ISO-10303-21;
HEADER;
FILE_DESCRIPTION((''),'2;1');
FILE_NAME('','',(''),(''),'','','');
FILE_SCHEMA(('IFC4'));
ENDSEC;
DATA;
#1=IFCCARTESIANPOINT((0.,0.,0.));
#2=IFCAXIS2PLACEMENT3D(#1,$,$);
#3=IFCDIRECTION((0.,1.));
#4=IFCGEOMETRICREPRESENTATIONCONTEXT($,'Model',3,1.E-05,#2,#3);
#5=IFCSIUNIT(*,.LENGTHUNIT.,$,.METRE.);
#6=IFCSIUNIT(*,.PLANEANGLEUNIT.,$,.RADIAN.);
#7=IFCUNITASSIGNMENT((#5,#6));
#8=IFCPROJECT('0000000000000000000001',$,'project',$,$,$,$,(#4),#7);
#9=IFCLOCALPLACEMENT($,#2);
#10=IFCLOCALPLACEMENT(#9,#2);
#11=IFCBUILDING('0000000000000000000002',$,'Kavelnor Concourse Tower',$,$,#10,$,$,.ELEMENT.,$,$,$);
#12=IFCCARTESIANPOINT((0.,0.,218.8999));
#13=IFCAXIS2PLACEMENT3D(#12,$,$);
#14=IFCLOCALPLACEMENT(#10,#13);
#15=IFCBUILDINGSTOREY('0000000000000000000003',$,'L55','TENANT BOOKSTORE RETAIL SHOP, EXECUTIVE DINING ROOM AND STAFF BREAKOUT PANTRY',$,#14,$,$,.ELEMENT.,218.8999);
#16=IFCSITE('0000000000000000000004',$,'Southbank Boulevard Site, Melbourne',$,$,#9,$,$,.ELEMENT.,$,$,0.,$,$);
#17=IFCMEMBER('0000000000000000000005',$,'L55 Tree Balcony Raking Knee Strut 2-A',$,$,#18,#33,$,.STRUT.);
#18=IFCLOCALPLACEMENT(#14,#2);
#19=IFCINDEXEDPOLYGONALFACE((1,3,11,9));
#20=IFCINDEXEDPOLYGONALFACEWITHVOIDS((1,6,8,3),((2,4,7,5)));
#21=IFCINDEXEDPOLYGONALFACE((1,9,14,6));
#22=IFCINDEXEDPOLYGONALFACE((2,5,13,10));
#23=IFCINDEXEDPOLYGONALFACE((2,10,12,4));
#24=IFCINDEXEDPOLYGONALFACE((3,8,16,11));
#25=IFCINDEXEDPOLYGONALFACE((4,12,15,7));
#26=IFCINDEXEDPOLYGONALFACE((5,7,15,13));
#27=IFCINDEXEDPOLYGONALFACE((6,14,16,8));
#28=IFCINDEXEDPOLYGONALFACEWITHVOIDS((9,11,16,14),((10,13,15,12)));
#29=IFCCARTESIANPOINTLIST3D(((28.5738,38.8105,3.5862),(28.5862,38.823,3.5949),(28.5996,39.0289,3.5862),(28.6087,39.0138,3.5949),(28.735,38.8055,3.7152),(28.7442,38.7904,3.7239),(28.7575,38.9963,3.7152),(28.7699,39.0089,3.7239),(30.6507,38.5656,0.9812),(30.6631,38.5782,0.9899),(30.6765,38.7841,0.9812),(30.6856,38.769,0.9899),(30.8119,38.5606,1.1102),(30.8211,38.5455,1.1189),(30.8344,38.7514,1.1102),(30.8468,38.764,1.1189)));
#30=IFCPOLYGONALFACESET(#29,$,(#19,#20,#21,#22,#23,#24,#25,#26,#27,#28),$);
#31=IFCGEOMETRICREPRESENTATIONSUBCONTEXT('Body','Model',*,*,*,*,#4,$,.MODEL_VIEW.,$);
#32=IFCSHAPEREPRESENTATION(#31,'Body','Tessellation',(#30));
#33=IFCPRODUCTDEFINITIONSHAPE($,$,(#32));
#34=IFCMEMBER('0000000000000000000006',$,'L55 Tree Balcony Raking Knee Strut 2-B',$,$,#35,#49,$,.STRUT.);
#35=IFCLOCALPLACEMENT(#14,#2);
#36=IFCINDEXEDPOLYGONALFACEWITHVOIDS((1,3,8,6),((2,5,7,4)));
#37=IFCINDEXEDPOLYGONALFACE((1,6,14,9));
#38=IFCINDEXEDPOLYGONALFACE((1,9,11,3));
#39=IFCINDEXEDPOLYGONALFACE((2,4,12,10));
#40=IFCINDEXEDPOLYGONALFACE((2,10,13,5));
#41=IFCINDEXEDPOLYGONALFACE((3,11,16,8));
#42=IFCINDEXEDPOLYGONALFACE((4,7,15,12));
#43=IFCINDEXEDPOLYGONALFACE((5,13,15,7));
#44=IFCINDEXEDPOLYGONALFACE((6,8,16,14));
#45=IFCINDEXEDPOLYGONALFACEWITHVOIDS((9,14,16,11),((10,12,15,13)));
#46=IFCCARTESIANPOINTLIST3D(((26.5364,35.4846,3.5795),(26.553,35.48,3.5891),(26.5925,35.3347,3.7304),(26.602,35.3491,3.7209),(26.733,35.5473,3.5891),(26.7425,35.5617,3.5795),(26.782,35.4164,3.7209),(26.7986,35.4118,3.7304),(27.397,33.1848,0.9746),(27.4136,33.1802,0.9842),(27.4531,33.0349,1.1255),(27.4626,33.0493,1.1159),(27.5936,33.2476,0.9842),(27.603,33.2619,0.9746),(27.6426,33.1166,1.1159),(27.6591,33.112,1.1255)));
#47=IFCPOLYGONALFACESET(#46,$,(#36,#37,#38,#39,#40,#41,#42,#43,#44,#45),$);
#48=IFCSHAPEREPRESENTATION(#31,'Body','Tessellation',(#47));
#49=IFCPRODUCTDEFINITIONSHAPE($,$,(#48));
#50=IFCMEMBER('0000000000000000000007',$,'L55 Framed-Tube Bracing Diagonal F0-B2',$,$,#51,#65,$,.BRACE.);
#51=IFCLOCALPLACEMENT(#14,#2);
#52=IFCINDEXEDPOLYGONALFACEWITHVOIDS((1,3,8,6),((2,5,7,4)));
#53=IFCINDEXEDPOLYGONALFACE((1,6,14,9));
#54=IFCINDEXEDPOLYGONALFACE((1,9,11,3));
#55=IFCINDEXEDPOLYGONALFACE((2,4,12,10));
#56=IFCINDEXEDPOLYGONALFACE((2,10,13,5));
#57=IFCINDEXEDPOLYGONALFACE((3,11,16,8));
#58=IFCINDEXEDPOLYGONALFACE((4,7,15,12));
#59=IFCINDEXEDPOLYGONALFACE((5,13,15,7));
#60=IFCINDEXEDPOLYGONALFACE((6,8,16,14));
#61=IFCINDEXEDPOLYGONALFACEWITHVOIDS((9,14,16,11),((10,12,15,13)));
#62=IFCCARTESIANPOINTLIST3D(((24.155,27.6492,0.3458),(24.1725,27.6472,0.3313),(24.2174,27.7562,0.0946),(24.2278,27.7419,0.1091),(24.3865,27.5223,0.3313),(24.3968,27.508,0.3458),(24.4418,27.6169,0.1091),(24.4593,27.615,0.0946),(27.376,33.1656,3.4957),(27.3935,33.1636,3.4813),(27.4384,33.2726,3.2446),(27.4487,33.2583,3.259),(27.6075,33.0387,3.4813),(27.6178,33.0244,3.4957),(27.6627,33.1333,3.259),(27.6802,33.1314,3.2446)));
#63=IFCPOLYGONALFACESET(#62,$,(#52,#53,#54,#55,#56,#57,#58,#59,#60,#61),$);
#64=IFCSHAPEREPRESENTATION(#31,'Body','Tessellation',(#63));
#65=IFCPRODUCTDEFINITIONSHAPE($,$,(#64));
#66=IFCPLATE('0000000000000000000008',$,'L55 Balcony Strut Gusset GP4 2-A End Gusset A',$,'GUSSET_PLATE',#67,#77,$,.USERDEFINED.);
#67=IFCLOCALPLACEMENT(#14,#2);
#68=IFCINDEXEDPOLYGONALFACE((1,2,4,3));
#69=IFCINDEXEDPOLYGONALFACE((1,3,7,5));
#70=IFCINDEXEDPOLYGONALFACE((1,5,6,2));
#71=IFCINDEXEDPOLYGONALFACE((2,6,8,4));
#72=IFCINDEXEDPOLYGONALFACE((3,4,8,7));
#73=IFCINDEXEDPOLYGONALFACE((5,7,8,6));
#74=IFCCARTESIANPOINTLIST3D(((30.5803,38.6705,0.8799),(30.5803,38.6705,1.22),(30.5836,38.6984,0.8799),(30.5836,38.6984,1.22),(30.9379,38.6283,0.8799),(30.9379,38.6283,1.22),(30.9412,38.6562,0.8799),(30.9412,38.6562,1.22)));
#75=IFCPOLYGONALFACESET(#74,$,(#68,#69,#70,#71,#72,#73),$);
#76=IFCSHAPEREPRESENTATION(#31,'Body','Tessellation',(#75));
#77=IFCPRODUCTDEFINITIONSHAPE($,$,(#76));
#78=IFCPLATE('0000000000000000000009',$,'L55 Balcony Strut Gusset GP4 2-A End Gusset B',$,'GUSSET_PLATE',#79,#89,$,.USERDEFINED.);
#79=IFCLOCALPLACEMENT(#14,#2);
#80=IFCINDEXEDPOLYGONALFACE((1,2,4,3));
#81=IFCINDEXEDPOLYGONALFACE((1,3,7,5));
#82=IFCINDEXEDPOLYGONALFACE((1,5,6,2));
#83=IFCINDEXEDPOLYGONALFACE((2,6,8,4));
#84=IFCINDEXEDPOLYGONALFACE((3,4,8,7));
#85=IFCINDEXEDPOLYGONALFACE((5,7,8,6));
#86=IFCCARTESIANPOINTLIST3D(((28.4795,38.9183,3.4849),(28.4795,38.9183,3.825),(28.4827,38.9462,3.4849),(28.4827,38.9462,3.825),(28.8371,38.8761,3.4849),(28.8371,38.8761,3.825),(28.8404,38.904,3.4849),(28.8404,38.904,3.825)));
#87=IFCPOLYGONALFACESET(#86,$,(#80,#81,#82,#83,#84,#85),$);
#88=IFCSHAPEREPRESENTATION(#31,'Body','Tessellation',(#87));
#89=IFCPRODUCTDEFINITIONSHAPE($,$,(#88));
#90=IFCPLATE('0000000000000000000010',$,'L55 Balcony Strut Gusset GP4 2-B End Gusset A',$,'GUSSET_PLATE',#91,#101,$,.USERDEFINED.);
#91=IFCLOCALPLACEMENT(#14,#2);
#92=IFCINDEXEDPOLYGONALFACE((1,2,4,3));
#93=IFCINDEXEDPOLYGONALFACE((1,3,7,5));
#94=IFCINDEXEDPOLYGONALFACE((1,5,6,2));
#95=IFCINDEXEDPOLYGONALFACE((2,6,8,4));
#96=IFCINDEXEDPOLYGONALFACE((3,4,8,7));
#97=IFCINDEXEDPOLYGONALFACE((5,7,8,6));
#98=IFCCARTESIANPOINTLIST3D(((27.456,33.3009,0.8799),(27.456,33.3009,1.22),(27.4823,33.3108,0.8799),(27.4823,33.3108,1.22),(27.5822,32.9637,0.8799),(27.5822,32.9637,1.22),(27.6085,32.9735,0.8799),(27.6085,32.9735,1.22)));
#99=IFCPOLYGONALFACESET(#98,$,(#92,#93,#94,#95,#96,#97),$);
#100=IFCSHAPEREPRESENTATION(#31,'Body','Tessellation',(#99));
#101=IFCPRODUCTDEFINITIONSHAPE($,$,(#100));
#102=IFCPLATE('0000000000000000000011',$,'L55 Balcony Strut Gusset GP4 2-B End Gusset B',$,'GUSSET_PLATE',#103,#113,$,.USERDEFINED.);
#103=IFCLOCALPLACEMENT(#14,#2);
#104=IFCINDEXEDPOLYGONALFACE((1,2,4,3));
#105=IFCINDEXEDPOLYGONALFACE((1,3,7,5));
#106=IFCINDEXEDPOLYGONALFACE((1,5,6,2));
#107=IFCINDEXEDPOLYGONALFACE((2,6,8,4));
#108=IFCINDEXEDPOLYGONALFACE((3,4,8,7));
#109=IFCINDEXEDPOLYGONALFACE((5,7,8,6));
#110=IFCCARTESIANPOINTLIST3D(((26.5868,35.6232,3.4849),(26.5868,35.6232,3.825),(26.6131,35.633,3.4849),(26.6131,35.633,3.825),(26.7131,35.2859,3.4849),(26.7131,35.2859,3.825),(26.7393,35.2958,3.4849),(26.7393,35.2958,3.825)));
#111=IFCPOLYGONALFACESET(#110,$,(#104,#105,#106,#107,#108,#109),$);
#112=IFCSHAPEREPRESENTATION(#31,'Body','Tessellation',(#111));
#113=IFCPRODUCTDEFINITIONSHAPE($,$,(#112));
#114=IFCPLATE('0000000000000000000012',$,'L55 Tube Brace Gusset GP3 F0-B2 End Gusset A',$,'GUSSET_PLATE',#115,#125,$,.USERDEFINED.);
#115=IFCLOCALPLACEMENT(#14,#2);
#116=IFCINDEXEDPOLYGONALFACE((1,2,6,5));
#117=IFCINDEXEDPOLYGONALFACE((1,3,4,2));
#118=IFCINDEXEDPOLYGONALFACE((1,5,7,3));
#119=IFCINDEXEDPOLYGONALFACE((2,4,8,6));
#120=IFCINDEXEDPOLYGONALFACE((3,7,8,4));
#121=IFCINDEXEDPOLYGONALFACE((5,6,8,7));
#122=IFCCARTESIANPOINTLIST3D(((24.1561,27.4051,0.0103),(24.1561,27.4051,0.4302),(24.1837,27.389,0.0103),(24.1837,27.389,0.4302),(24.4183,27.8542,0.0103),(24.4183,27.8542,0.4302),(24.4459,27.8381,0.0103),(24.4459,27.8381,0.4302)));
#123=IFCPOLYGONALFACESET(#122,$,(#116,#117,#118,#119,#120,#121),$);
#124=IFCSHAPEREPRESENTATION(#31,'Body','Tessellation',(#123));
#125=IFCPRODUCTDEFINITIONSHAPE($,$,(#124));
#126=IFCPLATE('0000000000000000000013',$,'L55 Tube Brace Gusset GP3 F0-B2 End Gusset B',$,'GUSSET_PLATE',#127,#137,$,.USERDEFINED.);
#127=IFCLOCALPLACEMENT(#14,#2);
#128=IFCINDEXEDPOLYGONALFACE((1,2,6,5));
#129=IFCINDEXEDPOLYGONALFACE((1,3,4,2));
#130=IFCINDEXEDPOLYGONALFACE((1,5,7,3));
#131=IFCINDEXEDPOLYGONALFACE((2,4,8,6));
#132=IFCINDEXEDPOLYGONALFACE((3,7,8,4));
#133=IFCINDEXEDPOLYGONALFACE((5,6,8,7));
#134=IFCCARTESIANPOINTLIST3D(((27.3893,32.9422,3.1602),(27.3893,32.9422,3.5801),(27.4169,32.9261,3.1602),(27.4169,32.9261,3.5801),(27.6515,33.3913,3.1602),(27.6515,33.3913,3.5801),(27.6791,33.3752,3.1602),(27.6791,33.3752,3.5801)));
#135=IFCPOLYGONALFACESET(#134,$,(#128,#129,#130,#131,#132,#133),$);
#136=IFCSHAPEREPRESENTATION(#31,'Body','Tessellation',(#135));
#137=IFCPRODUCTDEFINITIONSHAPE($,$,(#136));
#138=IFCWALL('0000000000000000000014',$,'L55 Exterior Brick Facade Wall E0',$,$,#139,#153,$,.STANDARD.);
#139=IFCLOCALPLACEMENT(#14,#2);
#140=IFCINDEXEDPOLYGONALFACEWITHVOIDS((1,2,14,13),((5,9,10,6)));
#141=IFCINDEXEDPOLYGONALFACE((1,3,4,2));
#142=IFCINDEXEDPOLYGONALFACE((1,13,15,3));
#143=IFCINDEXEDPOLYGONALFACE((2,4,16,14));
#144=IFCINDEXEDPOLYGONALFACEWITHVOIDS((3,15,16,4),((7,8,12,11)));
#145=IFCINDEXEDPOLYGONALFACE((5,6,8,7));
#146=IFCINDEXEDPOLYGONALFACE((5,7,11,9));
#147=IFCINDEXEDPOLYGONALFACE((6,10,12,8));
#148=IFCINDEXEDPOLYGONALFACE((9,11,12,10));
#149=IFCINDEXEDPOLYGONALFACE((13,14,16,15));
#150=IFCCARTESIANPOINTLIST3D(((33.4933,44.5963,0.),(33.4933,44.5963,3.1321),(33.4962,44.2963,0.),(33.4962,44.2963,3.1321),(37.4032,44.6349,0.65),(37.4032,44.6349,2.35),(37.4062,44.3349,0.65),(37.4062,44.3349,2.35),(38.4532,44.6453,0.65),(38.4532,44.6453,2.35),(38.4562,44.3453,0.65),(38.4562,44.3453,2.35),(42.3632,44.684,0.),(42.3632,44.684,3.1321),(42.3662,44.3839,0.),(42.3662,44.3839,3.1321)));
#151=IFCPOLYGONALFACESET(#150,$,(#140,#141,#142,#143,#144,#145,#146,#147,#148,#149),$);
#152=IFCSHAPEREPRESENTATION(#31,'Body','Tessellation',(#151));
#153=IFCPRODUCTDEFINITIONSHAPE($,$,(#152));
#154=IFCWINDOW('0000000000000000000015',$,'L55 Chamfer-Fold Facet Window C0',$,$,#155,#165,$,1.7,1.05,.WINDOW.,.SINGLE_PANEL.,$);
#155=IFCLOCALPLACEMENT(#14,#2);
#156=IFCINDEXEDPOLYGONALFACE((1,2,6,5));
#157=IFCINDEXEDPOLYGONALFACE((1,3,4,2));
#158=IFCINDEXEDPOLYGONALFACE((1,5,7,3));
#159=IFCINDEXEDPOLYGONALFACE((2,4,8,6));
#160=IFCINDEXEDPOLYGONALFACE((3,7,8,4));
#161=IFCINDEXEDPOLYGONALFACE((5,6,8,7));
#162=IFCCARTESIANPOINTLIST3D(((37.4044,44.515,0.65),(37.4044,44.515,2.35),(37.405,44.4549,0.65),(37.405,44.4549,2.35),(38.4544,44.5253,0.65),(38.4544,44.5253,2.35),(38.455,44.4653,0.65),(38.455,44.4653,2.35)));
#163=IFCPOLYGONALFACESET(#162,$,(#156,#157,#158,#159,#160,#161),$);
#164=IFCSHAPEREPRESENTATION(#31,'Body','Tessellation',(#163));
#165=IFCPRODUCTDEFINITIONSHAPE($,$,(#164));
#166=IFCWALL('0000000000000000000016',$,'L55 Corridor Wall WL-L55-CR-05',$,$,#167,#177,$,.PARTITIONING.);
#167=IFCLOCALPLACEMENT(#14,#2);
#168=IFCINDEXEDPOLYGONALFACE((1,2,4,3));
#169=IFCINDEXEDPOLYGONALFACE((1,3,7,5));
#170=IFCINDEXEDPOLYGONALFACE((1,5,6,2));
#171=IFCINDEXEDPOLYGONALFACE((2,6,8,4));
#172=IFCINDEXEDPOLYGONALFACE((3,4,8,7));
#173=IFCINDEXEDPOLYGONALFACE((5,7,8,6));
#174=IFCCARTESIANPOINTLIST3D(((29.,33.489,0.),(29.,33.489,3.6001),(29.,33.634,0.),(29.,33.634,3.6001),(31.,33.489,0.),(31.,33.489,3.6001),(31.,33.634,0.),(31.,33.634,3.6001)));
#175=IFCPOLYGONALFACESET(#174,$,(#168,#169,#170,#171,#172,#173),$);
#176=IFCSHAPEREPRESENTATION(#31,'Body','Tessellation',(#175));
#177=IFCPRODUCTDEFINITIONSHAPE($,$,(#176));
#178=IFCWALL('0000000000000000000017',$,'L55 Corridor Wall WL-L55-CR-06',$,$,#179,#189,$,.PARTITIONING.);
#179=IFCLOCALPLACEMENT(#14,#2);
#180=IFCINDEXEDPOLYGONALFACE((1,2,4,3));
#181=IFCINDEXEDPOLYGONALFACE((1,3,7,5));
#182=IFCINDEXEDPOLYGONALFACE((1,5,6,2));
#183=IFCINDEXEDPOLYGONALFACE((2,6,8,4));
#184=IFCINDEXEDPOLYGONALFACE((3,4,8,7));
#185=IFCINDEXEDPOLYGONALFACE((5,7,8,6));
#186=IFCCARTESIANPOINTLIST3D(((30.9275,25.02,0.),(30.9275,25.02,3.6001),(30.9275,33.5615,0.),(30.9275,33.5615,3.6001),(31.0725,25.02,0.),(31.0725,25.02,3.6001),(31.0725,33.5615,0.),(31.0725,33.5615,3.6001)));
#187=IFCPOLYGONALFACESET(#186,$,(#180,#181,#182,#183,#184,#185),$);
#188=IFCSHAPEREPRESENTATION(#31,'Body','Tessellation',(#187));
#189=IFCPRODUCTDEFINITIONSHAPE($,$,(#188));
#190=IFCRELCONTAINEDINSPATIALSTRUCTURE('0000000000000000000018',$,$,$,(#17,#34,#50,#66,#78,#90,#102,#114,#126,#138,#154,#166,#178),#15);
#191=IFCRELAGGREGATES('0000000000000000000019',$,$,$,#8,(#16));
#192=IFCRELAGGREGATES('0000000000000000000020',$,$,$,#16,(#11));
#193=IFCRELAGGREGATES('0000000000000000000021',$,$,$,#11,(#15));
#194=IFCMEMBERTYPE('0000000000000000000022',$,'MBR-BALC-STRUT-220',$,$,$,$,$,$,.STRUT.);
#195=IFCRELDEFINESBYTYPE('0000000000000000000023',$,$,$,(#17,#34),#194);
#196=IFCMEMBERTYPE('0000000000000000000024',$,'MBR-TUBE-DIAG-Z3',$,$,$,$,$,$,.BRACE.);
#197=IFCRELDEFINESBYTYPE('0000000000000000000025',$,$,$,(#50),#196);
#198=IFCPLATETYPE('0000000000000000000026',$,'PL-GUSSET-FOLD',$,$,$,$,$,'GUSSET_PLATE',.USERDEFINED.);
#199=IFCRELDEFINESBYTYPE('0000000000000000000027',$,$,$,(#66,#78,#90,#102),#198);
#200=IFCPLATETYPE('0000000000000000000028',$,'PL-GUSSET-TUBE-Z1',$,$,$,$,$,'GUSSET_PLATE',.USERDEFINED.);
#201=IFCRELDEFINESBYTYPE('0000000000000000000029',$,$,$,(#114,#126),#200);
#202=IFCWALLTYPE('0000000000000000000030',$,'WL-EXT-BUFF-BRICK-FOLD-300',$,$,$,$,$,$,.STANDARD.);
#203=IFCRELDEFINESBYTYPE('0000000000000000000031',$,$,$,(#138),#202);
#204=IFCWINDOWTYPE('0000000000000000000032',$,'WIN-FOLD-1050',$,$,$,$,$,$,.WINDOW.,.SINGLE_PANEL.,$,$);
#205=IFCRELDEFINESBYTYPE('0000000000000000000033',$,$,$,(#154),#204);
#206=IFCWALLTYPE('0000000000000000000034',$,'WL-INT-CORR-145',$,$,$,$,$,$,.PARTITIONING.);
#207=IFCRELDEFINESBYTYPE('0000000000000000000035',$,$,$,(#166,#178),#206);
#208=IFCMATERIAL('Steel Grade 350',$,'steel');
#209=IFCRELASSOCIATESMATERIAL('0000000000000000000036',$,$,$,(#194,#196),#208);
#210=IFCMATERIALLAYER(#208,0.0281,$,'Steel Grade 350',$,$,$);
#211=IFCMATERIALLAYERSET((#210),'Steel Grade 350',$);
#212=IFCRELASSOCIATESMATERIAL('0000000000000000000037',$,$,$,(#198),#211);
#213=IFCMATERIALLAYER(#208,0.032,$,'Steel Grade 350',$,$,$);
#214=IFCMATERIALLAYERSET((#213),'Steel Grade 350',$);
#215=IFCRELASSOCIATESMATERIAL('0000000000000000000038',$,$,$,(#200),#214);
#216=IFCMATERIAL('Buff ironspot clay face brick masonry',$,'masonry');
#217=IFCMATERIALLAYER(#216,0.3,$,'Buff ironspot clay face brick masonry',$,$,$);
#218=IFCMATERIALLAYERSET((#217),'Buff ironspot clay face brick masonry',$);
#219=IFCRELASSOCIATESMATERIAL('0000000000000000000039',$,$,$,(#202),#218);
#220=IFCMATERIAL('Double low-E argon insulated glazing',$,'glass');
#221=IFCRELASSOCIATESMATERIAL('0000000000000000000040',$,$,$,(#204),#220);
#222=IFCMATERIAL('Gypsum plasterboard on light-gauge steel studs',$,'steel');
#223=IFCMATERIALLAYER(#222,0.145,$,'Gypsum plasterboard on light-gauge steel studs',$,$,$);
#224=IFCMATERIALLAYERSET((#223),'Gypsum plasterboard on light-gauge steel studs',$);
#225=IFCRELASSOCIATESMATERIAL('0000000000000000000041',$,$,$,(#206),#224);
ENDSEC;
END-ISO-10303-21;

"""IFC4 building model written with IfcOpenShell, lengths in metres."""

from ifc_helpers import new_model, si_unit, direction, frame, frame_2d, origin, origin_2d, place, context, subcontext, project, spatial, rectangle, hollow_rectangle, extrude, material, layer, layer_set, material_profile, profile_set, type_object, element, fill, save


model = new_model("IFC4")

# Units and contexts
model_context = context("Model", 3, precision=1e-05, world=origin(), true_north=direction((0.0, 1.0)))
body_context = subcontext(model_context, "Body", "Model", "MODEL_VIEW")
ifc_project = project(units=[si_unit("LENGTHUNIT", "METRE"), si_unit("PLANEANGLEUNIT", "RADIAN")], contexts=[model_context])

# Site, building, storey
site_placement = place(None, origin())
site = spatial("IfcSite", under=ifc_project, at=site_placement, Name="Southbank Boulevard Site, Melbourne", CompositionType="ELEMENT", RefElevation=0.0)
building_placement = place(site_placement, origin())
building = spatial("IfcBuilding", under=site, at=building_placement, Name="Kavelnor Concourse Tower", CompositionType="ELEMENT")
storey_placement = place(building_placement, frame((0.0, 0.0, 218.8999)))
storey = spatial("IfcBuildingStorey", under=building, at=storey_placement, Name="L55", Description="TENANT BOOKSTORE RETAIL SHOP, EXECUTIVE DINING ROOM AND STAFF BREAKOUT PANTRY", CompositionType="ELEMENT", Elevation=218.8999)

# Shared definitions
ifc_material_1 = material(Name="Steel Grade 350", Category="steel")

# Members
ifc_material_profile_1 = material_profile(ifc_material_1, hollow_rectangle(XDim=0.22, YDim=0.22, WallThickness=0.0139, at=origin_2d()), Name="SHS 220x220x14")
ifc_profile_set_1 = profile_set([ifc_material_profile_1], Name="Steel Grade 350")
member_type_1 = type_object("IfcMemberType", Name="MBR-BALC-STRUT-220", PredefinedType="STRUT", material=ifc_profile_set_1)
member_1_placement = place(storey_placement, frame((30.7488, 38.6648, 1.05), z_axis=(-0.621721, 0.073303, 0.779801), x_axis=(-0.117092, -0.993121, 0.0)))
element("IfcMember", 1, at=member_1_placement, inside=storey, type_object=member_type_1, Name="L55 Tree Balcony Raking Knee Strut 2-A", PredefinedType="STRUT", context=body_context, shape_type="SweptSolid", body=[
    extrude(hollow_rectangle(XDim=0.22, YDim=0.22, WallThickness=0.0139, at=origin_2d()), origin(), (0.0, 0.0, 1.0), 3.3406),
])
member_2_placement = place(storey_placement, frame((27.5281, 33.1484, 1.05), z_axis=(-0.240397, 0.642422, 0.727669), x_axis=(-0.936574, -0.35047, 0.0)))
element("IfcMember", 2, at=member_2_placement, inside=storey, type_object=member_type_1, Name="L55 Tree Balcony Raking Knee Strut 2-B", PredefinedType="STRUT", context=body_context, shape_type="SweptSolid", body=[
    extrude(hollow_rectangle(XDim=0.22, YDim=0.22, WallThickness=0.0139, at=origin_2d()), origin(), (0.0, 0.0, 1.0), 3.5798),
])
ifc_material_profile_2 = material_profile(ifc_material_1, hollow_rectangle(XDim=0.28, YDim=0.28, WallThickness=0.0161, at=origin_2d()), Name="SHS 280x280x16")
ifc_profile_set_2 = profile_set([ifc_material_profile_2], Name="Steel Grade 350")
member_type_2 = type_object("IfcMemberType", Name="MBR-TUBE-DIAG-Z3", PredefinedType="BRACE", material=ifc_profile_set_2)
member_3_placement = place(storey_placement, frame((24.3071, 27.6321, 0.2202), z_axis=(0.452237, 0.774523, 0.442262), x_axis=(-0.86357, 0.50423, 0.0)))
element("IfcMember", 3, at=member_3_placement, inside=storey, type_object=member_type_2, Name="L55 Framed-Tube Bracing Diagonal F0-B2", PredefinedType="BRACE", context=body_context, shape_type="SweptSolid", body=[
    extrude(hollow_rectangle(XDim=0.28, YDim=0.28, WallThickness=0.0161, at=origin_2d()), origin(), (0.0, 0.0, 1.0), 7.1223),
])

# Plates
ifc_layer_1 = layer(ifc_material_1, 0.0281, Name="Steel Grade 350")
ifc_layer_set_1 = layer_set([ifc_layer_1], Name="Steel Grade 350")
plate_type_1 = type_object("IfcPlateType", Name="PL-GUSSET-FOLD", ElementType="GUSSET_PLATE", PredefinedType="USERDEFINED", material=ifc_layer_set_1)
for number, where, z_axis, x_axis, name in (
    (4, (30.7607, 38.6633, 0.8799), (0.0, 0.0, 1.0), (-0.993109, 0.117191, 0.0), "L55 Balcony Strut Gusset GP4 2-A End Gusset A"),
    (5, (28.6599, 38.9111, 3.4849), (0.0, 0.0, 1.0), (-0.993109, 0.117191, 0.0), "L55 Balcony Strut Gusset GP4 2-A End Gusset B"),
    (6, (27.5322, 33.1372, 0.8799), (0.0, 0.0, 1.0), (-0.350534, 0.93655, 0.0), "L55 Balcony Strut Gusset GP4 2-B End Gusset A"),
    (7, (26.6631, 35.4595, 3.4849), (0.0, 0.0, 1.0), (-0.350534, 0.93655, 0.0), "L55 Balcony Strut Gusset GP4 2-B End Gusset B"),
):
    element("IfcPlate", number, at=place(storey_placement, frame(where, z_axis=z_axis, x_axis=x_axis)), inside=storey, type_object=plate_type_1, Name=name, ObjectType="GUSSET_PLATE", PredefinedType="USERDEFINED", context=body_context, shape_type="SweptSolid", body=[
        extrude(rectangle(XDim=0.3601, YDim=0.0281, at=origin_2d()), origin(), (0.0, 0.0, 1.0), 0.3401),
    ])
ifc_layer_2 = layer(ifc_material_1, 0.032, Name="Steel Grade 350")
ifc_layer_set_2 = layer_set([ifc_layer_2], Name="Steel Grade 350")
plate_type_2 = type_object("IfcPlateType", Name="PL-GUSSET-TUBE-Z1", ElementType="GUSSET_PLATE", PredefinedType="USERDEFINED", material=ifc_layer_set_2)
for number, where, z_axis, x_axis, name in (
    (8, (24.301, 27.6216, 0.0103), (0.0, 0.0, 1.0), (0.504226, 0.863572, 0.0), "L55 Tube Brace Gusset GP3 F0-B2 End Gusset A"),
    (9, (27.5342, 33.1587, 3.1602), (0.0, 0.0, 1.0), (0.504226, 0.863572, 0.0), "L55 Tube Brace Gusset GP3 F0-B2 End Gusset B"),
):
    element("IfcPlate", number, at=place(storey_placement, frame(where, z_axis=z_axis, x_axis=x_axis)), inside=storey, type_object=plate_type_2, Name=name, ObjectType="GUSSET_PLATE", PredefinedType="USERDEFINED", context=body_context, shape_type="SweptSolid", body=[
        extrude(rectangle(XDim=0.52, YDim=0.032, at=origin_2d()), origin(), (0.0, 0.0, 1.0), 0.4199),
    ])

# Wall, opening, window
ifc_material_2 = material(Name="Buff ironspot clay face brick masonry", Category="masonry")
ifc_layer_3 = layer(ifc_material_2, 0.3, Name="Buff ironspot clay face brick masonry")
ifc_layer_set_3 = layer_set([ifc_layer_3], Name="Buff ironspot clay face brick masonry")
wall_type_1 = type_object("IfcWallType", Name="WL-EXT-BUFF-BRICK-FOLD-300", PredefinedType="STANDARD", material=ifc_layer_set_3)
wall_1_placement = place(storey_placement, frame((33.4949, 44.4463, 0.0), z_axis=(0.0, 0.0, 1.0), x_axis=(0.999951, 0.009881, 0.0)))
wall_1 = element("IfcWall", 10, at=wall_1_placement, inside=storey, type_object=wall_type_1, Name="L55 Exterior Brick Facade Wall E0", PredefinedType="STANDARD", context=body_context, shape_type="SweptSolid", body=[
    extrude(rectangle(XDim=8.8704, YDim=0.3, at=frame_2d((4.4351, 0.0))), origin(), (0.0, 0.0, 1.0), 3.1321),
])
opening_1_placement = place(wall_1_placement, frame((3.9102, 0.0, 0.6499)))
opening_1 = element("IfcOpeningElement", 11, at=opening_1_placement, cuts=wall_1, PredefinedType="OPENING", context=body_context, shape_type="SweptSolid", body=[
    extrude(rectangle(XDim=1.05, YDim=1.7, at=frame_2d((0.5249, 0.8501))), frame((0.0, 0.1602, 0.0), z_axis=(0.0, -1.0, 0.0), x_axis=(1.0, 0.0, 0.0)), (0.0, 0.0, 1.0), 0.3201),
])
ifc_material_3 = material(Name="Double low-E argon insulated glazing", Category="glass")
window_type = type_object("IfcWindowType", Name="WIN-FOLD-1050", PartitioningType="SINGLE_PANEL", PredefinedType="WINDOW", material=ifc_material_3)
window_placement = place(opening_1_placement, origin())
window = element("IfcWindow", 12, at=window_placement, inside=storey, type_object=window_type, Name="L55 Chamfer-Fold Facet Window C0", OverallHeight=1.7, OverallWidth=1.05, PartitioningType="SINGLE_PANEL", PredefinedType="WINDOW", context=body_context, shape_type="SweptSolid", body=[
    extrude(rectangle(XDim=1.05, YDim=1.7, at=frame_2d((0.5249, 0.8501))), frame((0.0, 0.03, 0.0), z_axis=(0.0, -1.0, 0.0), x_axis=(1.0, 0.0, 0.0)), (0.0, 0.0, 1.0), 0.0601),
])
fill(opening_1, window)

# Walls
ifc_material_4 = material(Name="Gypsum plasterboard on light-gauge steel studs", Category="steel")
ifc_layer_4 = layer(ifc_material_4, 0.145, Name="Gypsum plasterboard on light-gauge steel studs")
ifc_layer_set_4 = layer_set([ifc_layer_4], Name="Gypsum plasterboard on light-gauge steel studs")
wall_type_2 = type_object("IfcWallType", Name="WL-INT-CORR-145", PredefinedType="PARTITIONING", material=ifc_layer_set_4)
wall_2_placement = place(storey_placement, frame((29.0, 33.5615, 0.0), z_axis=(0.0, 0.0, 1.0), x_axis=(1.0, 0.0, 0.0)))
element("IfcWall", 13, at=wall_2_placement, inside=storey, type_object=wall_type_2, Name="L55 Corridor Wall WL-L55-CR-05", PredefinedType="PARTITIONING", context=body_context, shape_type="SweptSolid", body=[
    extrude(rectangle(XDim=2.0, YDim=0.145, at=frame_2d((1.0, 0.0))), origin(), (0.0, 0.0, 1.0), 3.6001),
])
wall_3_placement = place(storey_placement, frame((31.0, 33.5615, 0.0), z_axis=(0.0, 0.0, 1.0), x_axis=(0.0, -1.0, 0.0)))
element("IfcWall", 14, at=wall_3_placement, inside=storey, type_object=wall_type_2, Name="L55 Corridor Wall WL-L55-CR-06", PredefinedType="PARTITIONING", context=body_context, shape_type="SweptSolid", body=[
    extrude(rectangle(XDim=8.5415, YDim=0.145, at=frame_2d((4.2708, 0.0))), origin(), (0.0, 0.0, 1.0), 3.6001),
])

save(model, "model.ifc")
